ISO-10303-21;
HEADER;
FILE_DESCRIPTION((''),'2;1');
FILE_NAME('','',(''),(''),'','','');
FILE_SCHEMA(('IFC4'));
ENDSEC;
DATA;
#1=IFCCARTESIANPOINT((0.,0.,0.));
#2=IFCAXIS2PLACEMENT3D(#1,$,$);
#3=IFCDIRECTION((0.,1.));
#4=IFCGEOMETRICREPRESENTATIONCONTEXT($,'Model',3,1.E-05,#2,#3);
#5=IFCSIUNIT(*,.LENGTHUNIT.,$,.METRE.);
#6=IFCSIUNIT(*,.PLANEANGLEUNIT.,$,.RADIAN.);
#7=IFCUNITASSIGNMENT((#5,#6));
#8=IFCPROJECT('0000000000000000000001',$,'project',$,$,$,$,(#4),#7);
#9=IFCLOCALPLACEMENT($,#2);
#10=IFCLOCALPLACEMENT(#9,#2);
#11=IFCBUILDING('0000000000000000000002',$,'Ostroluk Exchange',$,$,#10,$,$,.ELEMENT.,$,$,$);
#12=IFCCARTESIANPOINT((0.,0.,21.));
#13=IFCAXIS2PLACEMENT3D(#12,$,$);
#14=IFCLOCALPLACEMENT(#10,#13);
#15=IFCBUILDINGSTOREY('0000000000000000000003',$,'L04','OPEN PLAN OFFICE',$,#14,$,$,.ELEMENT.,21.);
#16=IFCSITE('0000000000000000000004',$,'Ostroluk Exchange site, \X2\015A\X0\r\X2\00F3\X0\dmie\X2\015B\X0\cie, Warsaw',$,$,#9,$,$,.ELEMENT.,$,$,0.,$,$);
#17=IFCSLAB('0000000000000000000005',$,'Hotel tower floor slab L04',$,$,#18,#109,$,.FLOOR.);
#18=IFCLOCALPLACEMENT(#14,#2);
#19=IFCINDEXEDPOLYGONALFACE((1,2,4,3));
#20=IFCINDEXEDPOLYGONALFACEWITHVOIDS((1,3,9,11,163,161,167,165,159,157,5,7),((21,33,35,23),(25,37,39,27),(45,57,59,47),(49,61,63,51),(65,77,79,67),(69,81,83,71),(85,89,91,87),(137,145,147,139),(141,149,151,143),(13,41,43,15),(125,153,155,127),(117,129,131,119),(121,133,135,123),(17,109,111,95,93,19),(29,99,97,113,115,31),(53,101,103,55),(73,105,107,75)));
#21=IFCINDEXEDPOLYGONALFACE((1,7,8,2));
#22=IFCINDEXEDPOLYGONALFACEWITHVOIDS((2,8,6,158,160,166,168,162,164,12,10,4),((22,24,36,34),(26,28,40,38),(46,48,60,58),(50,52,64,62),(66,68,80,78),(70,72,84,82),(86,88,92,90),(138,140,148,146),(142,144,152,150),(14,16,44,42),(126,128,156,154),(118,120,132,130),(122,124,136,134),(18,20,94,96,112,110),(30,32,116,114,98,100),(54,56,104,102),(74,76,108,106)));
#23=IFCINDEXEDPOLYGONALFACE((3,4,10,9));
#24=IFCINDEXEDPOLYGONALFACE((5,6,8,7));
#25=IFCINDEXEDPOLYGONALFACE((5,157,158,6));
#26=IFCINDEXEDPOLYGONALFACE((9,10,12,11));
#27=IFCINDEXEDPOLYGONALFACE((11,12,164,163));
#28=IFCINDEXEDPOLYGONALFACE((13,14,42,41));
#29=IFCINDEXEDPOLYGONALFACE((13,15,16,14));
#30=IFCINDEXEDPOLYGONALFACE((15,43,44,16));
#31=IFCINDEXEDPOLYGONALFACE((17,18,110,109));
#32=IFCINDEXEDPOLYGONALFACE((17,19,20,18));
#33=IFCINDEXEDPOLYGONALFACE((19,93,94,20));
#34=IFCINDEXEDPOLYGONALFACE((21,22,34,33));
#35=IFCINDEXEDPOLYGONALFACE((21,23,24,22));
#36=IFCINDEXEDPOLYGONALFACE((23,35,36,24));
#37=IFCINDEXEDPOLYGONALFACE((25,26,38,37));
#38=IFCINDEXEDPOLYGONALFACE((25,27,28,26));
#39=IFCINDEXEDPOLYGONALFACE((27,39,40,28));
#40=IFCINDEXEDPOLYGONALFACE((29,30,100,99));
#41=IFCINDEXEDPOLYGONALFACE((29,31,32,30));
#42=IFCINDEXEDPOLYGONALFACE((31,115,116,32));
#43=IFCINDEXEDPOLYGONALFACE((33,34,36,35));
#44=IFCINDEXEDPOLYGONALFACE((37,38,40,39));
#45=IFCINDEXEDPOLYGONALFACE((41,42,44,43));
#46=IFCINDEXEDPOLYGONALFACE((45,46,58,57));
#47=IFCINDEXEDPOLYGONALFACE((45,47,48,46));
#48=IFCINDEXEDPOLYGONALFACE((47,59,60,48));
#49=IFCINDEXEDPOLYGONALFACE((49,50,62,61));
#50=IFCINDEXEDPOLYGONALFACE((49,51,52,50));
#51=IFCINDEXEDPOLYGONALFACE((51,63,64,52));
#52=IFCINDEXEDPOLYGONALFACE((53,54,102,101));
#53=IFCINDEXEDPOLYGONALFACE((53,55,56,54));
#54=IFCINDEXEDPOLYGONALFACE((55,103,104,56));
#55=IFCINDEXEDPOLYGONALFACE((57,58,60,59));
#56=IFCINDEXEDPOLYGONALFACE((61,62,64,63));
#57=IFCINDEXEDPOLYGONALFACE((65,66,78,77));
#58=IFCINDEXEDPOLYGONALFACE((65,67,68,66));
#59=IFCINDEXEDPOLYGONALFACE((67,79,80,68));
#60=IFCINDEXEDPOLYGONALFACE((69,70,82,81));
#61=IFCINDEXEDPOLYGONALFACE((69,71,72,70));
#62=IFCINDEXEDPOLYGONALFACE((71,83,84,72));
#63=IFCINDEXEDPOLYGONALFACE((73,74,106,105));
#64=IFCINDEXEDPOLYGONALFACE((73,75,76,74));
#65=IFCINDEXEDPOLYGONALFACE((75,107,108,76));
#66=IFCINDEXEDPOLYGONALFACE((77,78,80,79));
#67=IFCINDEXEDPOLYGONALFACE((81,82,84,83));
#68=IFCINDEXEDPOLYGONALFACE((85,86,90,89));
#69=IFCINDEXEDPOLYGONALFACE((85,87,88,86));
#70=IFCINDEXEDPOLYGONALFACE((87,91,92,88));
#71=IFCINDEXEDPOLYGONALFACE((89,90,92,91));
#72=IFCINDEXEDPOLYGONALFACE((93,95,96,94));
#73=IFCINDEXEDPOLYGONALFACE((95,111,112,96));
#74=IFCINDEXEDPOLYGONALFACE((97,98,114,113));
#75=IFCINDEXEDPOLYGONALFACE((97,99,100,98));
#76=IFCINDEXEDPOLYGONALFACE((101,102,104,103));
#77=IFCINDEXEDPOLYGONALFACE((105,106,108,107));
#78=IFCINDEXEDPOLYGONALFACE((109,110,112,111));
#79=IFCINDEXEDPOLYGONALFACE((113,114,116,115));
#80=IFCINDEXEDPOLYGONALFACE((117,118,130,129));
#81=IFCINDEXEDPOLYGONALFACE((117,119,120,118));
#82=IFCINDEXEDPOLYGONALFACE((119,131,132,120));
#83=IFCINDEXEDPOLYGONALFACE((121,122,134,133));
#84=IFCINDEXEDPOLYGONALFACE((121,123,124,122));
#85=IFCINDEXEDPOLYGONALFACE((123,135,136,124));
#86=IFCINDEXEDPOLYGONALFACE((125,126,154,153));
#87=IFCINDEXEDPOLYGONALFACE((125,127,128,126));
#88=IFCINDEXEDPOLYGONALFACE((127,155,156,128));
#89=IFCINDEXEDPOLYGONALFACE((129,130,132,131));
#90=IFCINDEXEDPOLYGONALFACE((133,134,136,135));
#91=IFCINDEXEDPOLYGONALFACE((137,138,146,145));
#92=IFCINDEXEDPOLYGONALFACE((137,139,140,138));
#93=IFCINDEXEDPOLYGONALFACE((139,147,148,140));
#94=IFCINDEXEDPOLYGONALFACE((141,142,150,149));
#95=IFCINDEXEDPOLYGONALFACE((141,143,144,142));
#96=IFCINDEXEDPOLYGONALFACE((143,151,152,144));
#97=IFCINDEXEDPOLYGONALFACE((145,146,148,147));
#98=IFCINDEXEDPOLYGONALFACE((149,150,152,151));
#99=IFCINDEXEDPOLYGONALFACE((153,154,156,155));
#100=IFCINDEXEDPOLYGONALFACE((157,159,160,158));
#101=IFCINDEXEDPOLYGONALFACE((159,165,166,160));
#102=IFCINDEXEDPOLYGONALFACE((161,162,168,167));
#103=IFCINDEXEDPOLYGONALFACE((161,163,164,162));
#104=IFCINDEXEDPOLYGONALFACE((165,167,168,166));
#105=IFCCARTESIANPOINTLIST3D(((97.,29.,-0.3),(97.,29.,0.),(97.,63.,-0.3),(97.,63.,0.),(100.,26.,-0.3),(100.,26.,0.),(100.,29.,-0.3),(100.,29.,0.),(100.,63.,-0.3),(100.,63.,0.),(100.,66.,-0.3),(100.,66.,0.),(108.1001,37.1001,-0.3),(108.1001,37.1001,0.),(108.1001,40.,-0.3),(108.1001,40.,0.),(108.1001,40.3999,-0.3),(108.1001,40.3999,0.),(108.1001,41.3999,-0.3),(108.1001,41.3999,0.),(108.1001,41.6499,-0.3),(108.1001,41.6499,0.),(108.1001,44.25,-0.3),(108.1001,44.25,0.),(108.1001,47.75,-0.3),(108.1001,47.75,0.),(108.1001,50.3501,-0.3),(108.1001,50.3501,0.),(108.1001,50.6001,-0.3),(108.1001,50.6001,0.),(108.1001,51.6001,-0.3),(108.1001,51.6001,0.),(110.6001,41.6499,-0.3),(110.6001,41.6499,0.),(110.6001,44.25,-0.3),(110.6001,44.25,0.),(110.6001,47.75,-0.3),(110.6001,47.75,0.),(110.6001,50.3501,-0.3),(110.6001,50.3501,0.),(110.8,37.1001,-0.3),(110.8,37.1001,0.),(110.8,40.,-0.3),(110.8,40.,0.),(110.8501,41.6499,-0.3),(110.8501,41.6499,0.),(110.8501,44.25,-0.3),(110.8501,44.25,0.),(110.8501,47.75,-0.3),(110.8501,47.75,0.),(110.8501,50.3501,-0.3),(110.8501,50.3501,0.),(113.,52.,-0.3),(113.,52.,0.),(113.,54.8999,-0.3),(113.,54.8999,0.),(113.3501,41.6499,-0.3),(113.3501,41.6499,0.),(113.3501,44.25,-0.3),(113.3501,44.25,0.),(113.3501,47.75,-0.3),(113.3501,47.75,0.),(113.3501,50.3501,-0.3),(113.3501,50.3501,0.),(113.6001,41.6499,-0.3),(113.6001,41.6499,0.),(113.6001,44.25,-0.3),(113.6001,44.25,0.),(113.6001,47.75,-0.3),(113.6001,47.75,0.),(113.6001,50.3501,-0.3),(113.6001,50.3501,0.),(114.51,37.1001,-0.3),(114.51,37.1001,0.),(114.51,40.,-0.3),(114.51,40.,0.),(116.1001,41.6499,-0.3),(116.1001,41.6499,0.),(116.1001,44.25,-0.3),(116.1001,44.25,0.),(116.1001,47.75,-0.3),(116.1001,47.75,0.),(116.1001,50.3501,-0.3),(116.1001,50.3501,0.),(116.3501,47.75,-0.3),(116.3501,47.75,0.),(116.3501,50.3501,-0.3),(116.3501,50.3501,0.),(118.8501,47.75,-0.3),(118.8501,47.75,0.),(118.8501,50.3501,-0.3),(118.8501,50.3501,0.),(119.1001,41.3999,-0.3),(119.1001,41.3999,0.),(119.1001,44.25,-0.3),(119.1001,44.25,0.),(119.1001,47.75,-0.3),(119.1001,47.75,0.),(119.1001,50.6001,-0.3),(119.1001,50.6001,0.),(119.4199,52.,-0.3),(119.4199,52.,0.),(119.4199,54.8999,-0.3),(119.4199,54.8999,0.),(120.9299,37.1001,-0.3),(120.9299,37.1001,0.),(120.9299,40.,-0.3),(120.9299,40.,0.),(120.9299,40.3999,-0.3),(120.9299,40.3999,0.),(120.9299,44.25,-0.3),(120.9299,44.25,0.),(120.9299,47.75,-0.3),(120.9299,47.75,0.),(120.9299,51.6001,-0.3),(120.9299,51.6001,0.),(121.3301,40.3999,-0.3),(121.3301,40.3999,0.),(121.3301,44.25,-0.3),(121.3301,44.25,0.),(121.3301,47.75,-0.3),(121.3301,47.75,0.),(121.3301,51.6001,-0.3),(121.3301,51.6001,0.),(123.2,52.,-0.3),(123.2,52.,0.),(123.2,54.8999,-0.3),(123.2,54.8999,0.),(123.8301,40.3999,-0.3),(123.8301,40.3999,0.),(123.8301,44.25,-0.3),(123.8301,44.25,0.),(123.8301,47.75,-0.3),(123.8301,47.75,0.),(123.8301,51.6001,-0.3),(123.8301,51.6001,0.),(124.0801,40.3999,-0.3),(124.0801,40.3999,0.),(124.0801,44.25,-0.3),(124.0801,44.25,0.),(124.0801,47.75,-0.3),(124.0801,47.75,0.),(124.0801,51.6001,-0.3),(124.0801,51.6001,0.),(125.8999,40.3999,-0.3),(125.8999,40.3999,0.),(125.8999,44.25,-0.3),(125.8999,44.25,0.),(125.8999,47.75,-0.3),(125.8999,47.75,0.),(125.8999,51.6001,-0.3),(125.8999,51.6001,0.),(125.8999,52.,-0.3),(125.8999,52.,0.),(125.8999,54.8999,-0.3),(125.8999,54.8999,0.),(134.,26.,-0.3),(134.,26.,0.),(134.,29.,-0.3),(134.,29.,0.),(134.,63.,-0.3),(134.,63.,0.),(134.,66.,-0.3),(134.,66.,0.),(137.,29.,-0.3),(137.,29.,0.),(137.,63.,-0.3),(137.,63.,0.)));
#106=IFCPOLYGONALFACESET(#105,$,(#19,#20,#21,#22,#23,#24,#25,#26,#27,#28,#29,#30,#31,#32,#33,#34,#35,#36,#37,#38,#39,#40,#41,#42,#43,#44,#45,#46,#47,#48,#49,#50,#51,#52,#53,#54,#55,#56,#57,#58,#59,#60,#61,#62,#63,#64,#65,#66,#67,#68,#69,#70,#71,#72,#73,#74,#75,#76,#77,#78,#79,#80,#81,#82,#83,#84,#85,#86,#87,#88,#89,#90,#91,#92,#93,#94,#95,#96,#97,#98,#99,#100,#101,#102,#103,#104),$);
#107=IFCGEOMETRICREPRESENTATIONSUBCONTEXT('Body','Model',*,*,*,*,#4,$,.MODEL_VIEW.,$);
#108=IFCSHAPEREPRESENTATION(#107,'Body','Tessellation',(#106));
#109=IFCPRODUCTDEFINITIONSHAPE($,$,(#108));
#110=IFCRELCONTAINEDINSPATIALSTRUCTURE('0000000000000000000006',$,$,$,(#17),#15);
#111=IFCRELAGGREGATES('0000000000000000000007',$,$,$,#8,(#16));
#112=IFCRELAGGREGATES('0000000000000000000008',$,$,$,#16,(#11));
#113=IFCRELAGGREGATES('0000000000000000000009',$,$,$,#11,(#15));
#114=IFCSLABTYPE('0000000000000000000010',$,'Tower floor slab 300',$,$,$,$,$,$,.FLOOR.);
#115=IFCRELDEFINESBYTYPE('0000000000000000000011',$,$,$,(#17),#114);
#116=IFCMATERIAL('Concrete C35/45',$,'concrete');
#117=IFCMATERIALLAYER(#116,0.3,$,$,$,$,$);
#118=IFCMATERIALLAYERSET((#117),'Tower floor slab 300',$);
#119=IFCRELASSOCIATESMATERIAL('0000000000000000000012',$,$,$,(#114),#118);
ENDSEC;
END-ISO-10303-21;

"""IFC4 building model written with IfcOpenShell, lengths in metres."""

from ifc_helpers import new_model, si_unit, direction, frame, origin, place, context, subcontext, project, spatial, polyline, outline, extrude, material, layer, layer_set, type_object, element, save


model = new_model("IFC4")

# Units and contexts
model_context = context("Model", 3, precision=1e-05, world=origin(), true_north=direction((0.0, 1.0)))
body_context = subcontext(model_context, "Body", "Model", "MODEL_VIEW")
ifc_project = project(units=[si_unit("LENGTHUNIT", "METRE"), si_unit("PLANEANGLEUNIT", "RADIAN")], contexts=[model_context])

# Site, building, storey
site_placement = place(None, origin())
site = spatial("IfcSite", under=ifc_project, at=site_placement, Name="Ostroluk Exchange site, Śródmieście, Warsaw", CompositionType="ELEMENT", RefElevation=0.0)
building_placement = place(site_placement, origin())
building = spatial("IfcBuilding", under=site, at=building_placement, Name="Ostroluk Exchange", CompositionType="ELEMENT")
storey_placement = place(building_placement, frame((0.0, 0.0, 21.0)))
storey = spatial("IfcBuildingStorey", under=building, at=storey_placement, Name="L04", Description="OPEN PLAN OFFICE", CompositionType="ELEMENT", Elevation=21.0)

# Slab
ifc_material_1 = material(Name="Concrete C35/45", Category="concrete")
ifc_layer_1 = layer(ifc_material_1, 0.3)
ifc_layer_set_1 = layer_set([ifc_layer_1], Name="Tower floor slab 300")
slab_type_1 = type_object("IfcSlabType", Name="Tower floor slab 300", PredefinedType="FLOOR", material=ifc_layer_set_1)
slab_1_placement = place(storey_placement, frame((0.0, 0.0, -0.3)))
element("IfcSlab", 1, at=slab_1_placement, inside=storey, type_object=slab_type_1, Name="Hotel tower floor slab L04", PredefinedType="FLOOR", context=body_context, shape_type="SweptSolid", body=[
    extrude(outline(polyline([(100.0, 26.0), (134.0, 26.0), (134.0, 29.0), (137.0, 29.0), (137.0, 63.0), (134.0, 63.0), (134.0, 66.0), (100.0, 66.0), (100.0, 63.0), (97.0, 63.0), (97.0, 29.0), (100.0, 29.0), (100.0, 26.0)]), holes=[polyline([(108.1001, 37.1001), (110.8, 37.1001), (110.8, 40.0), (108.1001, 40.0), (108.1001, 37.1001)]), polyline([(114.51, 37.1001), (120.9299, 37.1001), (120.9299, 40.0), (114.51, 40.0), (114.51, 37.1001)]), polyline([(113.0, 52.0), (119.4199, 52.0), (119.4199, 54.8999), (113.0, 54.8999), (113.0, 52.0)]), polyline([(123.2, 52.0), (125.8999, 52.0), (125.8999, 54.8999), (123.2, 54.8999), (123.2, 52.0)]), polyline([(108.1001, 47.75), (110.6001, 47.75), (110.6001, 50.3501), (108.1001, 50.3501), (108.1001, 47.75)]), polyline([(110.8501, 47.75), (113.3501, 47.75), (113.3501, 50.3501), (110.8501, 50.3501), (110.8501, 47.75)]), polyline([(113.6001, 47.75), (116.1001, 47.75), (116.1001, 50.3501), (113.6001, 50.3501), (113.6001, 47.75)]), polyline([(116.3501, 47.75), (118.8501, 47.75), (118.8501, 50.3501), (116.3501, 50.3501), (116.3501, 47.75)]), polyline([(108.1001, 41.6499), (110.6001, 41.6499), (110.6001, 44.25), (108.1001, 44.25), (108.1001, 41.6499)]), polyline([(110.8501, 41.6499), (113.3501, 41.6499), (113.3501, 44.25), (110.8501, 44.25), (110.8501, 41.6499)]), polyline([(113.6001, 41.6499), (116.1001, 41.6499), (116.1001, 44.25), (113.6001, 44.25), (113.6001, 41.6499)]), polyline([(121.3301, 47.75), (123.8301, 47.75), (123.8301, 51.6001), (121.3301, 51.6001), (121.3301, 47.75)]), polyline([(121.3301, 40.3999), (123.8301, 40.3999), (123.8301, 44.25), (121.3301, 44.25), (121.3301, 40.3999)]), polyline([(120.9299, 51.6001), (120.9299, 47.75), (119.1001, 47.75), (119.1001, 50.6001), (108.1001, 50.6001), (108.1001, 51.6001), (120.9299, 51.6001)]), polyline([(108.1001, 40.3999), (108.1001, 41.3999), (119.1001, 41.3999), (119.1001, 44.25), (120.9299, 44.25), (120.9299, 40.3999), (108.1001, 40.3999)]), polyline([(124.0801, 47.75), (125.8999, 47.75), (125.8999, 51.6001), (124.0801, 51.6001), (124.0801, 47.75)]), polyline([(124.0801, 40.3999), (125.8999, 40.3999), (125.8999, 44.25), (124.0801, 44.25), (124.0801, 40.3999)])]), origin(), (0.0, 0.0, 1.0), 0.3),
])

save(model, "model.ifc")
